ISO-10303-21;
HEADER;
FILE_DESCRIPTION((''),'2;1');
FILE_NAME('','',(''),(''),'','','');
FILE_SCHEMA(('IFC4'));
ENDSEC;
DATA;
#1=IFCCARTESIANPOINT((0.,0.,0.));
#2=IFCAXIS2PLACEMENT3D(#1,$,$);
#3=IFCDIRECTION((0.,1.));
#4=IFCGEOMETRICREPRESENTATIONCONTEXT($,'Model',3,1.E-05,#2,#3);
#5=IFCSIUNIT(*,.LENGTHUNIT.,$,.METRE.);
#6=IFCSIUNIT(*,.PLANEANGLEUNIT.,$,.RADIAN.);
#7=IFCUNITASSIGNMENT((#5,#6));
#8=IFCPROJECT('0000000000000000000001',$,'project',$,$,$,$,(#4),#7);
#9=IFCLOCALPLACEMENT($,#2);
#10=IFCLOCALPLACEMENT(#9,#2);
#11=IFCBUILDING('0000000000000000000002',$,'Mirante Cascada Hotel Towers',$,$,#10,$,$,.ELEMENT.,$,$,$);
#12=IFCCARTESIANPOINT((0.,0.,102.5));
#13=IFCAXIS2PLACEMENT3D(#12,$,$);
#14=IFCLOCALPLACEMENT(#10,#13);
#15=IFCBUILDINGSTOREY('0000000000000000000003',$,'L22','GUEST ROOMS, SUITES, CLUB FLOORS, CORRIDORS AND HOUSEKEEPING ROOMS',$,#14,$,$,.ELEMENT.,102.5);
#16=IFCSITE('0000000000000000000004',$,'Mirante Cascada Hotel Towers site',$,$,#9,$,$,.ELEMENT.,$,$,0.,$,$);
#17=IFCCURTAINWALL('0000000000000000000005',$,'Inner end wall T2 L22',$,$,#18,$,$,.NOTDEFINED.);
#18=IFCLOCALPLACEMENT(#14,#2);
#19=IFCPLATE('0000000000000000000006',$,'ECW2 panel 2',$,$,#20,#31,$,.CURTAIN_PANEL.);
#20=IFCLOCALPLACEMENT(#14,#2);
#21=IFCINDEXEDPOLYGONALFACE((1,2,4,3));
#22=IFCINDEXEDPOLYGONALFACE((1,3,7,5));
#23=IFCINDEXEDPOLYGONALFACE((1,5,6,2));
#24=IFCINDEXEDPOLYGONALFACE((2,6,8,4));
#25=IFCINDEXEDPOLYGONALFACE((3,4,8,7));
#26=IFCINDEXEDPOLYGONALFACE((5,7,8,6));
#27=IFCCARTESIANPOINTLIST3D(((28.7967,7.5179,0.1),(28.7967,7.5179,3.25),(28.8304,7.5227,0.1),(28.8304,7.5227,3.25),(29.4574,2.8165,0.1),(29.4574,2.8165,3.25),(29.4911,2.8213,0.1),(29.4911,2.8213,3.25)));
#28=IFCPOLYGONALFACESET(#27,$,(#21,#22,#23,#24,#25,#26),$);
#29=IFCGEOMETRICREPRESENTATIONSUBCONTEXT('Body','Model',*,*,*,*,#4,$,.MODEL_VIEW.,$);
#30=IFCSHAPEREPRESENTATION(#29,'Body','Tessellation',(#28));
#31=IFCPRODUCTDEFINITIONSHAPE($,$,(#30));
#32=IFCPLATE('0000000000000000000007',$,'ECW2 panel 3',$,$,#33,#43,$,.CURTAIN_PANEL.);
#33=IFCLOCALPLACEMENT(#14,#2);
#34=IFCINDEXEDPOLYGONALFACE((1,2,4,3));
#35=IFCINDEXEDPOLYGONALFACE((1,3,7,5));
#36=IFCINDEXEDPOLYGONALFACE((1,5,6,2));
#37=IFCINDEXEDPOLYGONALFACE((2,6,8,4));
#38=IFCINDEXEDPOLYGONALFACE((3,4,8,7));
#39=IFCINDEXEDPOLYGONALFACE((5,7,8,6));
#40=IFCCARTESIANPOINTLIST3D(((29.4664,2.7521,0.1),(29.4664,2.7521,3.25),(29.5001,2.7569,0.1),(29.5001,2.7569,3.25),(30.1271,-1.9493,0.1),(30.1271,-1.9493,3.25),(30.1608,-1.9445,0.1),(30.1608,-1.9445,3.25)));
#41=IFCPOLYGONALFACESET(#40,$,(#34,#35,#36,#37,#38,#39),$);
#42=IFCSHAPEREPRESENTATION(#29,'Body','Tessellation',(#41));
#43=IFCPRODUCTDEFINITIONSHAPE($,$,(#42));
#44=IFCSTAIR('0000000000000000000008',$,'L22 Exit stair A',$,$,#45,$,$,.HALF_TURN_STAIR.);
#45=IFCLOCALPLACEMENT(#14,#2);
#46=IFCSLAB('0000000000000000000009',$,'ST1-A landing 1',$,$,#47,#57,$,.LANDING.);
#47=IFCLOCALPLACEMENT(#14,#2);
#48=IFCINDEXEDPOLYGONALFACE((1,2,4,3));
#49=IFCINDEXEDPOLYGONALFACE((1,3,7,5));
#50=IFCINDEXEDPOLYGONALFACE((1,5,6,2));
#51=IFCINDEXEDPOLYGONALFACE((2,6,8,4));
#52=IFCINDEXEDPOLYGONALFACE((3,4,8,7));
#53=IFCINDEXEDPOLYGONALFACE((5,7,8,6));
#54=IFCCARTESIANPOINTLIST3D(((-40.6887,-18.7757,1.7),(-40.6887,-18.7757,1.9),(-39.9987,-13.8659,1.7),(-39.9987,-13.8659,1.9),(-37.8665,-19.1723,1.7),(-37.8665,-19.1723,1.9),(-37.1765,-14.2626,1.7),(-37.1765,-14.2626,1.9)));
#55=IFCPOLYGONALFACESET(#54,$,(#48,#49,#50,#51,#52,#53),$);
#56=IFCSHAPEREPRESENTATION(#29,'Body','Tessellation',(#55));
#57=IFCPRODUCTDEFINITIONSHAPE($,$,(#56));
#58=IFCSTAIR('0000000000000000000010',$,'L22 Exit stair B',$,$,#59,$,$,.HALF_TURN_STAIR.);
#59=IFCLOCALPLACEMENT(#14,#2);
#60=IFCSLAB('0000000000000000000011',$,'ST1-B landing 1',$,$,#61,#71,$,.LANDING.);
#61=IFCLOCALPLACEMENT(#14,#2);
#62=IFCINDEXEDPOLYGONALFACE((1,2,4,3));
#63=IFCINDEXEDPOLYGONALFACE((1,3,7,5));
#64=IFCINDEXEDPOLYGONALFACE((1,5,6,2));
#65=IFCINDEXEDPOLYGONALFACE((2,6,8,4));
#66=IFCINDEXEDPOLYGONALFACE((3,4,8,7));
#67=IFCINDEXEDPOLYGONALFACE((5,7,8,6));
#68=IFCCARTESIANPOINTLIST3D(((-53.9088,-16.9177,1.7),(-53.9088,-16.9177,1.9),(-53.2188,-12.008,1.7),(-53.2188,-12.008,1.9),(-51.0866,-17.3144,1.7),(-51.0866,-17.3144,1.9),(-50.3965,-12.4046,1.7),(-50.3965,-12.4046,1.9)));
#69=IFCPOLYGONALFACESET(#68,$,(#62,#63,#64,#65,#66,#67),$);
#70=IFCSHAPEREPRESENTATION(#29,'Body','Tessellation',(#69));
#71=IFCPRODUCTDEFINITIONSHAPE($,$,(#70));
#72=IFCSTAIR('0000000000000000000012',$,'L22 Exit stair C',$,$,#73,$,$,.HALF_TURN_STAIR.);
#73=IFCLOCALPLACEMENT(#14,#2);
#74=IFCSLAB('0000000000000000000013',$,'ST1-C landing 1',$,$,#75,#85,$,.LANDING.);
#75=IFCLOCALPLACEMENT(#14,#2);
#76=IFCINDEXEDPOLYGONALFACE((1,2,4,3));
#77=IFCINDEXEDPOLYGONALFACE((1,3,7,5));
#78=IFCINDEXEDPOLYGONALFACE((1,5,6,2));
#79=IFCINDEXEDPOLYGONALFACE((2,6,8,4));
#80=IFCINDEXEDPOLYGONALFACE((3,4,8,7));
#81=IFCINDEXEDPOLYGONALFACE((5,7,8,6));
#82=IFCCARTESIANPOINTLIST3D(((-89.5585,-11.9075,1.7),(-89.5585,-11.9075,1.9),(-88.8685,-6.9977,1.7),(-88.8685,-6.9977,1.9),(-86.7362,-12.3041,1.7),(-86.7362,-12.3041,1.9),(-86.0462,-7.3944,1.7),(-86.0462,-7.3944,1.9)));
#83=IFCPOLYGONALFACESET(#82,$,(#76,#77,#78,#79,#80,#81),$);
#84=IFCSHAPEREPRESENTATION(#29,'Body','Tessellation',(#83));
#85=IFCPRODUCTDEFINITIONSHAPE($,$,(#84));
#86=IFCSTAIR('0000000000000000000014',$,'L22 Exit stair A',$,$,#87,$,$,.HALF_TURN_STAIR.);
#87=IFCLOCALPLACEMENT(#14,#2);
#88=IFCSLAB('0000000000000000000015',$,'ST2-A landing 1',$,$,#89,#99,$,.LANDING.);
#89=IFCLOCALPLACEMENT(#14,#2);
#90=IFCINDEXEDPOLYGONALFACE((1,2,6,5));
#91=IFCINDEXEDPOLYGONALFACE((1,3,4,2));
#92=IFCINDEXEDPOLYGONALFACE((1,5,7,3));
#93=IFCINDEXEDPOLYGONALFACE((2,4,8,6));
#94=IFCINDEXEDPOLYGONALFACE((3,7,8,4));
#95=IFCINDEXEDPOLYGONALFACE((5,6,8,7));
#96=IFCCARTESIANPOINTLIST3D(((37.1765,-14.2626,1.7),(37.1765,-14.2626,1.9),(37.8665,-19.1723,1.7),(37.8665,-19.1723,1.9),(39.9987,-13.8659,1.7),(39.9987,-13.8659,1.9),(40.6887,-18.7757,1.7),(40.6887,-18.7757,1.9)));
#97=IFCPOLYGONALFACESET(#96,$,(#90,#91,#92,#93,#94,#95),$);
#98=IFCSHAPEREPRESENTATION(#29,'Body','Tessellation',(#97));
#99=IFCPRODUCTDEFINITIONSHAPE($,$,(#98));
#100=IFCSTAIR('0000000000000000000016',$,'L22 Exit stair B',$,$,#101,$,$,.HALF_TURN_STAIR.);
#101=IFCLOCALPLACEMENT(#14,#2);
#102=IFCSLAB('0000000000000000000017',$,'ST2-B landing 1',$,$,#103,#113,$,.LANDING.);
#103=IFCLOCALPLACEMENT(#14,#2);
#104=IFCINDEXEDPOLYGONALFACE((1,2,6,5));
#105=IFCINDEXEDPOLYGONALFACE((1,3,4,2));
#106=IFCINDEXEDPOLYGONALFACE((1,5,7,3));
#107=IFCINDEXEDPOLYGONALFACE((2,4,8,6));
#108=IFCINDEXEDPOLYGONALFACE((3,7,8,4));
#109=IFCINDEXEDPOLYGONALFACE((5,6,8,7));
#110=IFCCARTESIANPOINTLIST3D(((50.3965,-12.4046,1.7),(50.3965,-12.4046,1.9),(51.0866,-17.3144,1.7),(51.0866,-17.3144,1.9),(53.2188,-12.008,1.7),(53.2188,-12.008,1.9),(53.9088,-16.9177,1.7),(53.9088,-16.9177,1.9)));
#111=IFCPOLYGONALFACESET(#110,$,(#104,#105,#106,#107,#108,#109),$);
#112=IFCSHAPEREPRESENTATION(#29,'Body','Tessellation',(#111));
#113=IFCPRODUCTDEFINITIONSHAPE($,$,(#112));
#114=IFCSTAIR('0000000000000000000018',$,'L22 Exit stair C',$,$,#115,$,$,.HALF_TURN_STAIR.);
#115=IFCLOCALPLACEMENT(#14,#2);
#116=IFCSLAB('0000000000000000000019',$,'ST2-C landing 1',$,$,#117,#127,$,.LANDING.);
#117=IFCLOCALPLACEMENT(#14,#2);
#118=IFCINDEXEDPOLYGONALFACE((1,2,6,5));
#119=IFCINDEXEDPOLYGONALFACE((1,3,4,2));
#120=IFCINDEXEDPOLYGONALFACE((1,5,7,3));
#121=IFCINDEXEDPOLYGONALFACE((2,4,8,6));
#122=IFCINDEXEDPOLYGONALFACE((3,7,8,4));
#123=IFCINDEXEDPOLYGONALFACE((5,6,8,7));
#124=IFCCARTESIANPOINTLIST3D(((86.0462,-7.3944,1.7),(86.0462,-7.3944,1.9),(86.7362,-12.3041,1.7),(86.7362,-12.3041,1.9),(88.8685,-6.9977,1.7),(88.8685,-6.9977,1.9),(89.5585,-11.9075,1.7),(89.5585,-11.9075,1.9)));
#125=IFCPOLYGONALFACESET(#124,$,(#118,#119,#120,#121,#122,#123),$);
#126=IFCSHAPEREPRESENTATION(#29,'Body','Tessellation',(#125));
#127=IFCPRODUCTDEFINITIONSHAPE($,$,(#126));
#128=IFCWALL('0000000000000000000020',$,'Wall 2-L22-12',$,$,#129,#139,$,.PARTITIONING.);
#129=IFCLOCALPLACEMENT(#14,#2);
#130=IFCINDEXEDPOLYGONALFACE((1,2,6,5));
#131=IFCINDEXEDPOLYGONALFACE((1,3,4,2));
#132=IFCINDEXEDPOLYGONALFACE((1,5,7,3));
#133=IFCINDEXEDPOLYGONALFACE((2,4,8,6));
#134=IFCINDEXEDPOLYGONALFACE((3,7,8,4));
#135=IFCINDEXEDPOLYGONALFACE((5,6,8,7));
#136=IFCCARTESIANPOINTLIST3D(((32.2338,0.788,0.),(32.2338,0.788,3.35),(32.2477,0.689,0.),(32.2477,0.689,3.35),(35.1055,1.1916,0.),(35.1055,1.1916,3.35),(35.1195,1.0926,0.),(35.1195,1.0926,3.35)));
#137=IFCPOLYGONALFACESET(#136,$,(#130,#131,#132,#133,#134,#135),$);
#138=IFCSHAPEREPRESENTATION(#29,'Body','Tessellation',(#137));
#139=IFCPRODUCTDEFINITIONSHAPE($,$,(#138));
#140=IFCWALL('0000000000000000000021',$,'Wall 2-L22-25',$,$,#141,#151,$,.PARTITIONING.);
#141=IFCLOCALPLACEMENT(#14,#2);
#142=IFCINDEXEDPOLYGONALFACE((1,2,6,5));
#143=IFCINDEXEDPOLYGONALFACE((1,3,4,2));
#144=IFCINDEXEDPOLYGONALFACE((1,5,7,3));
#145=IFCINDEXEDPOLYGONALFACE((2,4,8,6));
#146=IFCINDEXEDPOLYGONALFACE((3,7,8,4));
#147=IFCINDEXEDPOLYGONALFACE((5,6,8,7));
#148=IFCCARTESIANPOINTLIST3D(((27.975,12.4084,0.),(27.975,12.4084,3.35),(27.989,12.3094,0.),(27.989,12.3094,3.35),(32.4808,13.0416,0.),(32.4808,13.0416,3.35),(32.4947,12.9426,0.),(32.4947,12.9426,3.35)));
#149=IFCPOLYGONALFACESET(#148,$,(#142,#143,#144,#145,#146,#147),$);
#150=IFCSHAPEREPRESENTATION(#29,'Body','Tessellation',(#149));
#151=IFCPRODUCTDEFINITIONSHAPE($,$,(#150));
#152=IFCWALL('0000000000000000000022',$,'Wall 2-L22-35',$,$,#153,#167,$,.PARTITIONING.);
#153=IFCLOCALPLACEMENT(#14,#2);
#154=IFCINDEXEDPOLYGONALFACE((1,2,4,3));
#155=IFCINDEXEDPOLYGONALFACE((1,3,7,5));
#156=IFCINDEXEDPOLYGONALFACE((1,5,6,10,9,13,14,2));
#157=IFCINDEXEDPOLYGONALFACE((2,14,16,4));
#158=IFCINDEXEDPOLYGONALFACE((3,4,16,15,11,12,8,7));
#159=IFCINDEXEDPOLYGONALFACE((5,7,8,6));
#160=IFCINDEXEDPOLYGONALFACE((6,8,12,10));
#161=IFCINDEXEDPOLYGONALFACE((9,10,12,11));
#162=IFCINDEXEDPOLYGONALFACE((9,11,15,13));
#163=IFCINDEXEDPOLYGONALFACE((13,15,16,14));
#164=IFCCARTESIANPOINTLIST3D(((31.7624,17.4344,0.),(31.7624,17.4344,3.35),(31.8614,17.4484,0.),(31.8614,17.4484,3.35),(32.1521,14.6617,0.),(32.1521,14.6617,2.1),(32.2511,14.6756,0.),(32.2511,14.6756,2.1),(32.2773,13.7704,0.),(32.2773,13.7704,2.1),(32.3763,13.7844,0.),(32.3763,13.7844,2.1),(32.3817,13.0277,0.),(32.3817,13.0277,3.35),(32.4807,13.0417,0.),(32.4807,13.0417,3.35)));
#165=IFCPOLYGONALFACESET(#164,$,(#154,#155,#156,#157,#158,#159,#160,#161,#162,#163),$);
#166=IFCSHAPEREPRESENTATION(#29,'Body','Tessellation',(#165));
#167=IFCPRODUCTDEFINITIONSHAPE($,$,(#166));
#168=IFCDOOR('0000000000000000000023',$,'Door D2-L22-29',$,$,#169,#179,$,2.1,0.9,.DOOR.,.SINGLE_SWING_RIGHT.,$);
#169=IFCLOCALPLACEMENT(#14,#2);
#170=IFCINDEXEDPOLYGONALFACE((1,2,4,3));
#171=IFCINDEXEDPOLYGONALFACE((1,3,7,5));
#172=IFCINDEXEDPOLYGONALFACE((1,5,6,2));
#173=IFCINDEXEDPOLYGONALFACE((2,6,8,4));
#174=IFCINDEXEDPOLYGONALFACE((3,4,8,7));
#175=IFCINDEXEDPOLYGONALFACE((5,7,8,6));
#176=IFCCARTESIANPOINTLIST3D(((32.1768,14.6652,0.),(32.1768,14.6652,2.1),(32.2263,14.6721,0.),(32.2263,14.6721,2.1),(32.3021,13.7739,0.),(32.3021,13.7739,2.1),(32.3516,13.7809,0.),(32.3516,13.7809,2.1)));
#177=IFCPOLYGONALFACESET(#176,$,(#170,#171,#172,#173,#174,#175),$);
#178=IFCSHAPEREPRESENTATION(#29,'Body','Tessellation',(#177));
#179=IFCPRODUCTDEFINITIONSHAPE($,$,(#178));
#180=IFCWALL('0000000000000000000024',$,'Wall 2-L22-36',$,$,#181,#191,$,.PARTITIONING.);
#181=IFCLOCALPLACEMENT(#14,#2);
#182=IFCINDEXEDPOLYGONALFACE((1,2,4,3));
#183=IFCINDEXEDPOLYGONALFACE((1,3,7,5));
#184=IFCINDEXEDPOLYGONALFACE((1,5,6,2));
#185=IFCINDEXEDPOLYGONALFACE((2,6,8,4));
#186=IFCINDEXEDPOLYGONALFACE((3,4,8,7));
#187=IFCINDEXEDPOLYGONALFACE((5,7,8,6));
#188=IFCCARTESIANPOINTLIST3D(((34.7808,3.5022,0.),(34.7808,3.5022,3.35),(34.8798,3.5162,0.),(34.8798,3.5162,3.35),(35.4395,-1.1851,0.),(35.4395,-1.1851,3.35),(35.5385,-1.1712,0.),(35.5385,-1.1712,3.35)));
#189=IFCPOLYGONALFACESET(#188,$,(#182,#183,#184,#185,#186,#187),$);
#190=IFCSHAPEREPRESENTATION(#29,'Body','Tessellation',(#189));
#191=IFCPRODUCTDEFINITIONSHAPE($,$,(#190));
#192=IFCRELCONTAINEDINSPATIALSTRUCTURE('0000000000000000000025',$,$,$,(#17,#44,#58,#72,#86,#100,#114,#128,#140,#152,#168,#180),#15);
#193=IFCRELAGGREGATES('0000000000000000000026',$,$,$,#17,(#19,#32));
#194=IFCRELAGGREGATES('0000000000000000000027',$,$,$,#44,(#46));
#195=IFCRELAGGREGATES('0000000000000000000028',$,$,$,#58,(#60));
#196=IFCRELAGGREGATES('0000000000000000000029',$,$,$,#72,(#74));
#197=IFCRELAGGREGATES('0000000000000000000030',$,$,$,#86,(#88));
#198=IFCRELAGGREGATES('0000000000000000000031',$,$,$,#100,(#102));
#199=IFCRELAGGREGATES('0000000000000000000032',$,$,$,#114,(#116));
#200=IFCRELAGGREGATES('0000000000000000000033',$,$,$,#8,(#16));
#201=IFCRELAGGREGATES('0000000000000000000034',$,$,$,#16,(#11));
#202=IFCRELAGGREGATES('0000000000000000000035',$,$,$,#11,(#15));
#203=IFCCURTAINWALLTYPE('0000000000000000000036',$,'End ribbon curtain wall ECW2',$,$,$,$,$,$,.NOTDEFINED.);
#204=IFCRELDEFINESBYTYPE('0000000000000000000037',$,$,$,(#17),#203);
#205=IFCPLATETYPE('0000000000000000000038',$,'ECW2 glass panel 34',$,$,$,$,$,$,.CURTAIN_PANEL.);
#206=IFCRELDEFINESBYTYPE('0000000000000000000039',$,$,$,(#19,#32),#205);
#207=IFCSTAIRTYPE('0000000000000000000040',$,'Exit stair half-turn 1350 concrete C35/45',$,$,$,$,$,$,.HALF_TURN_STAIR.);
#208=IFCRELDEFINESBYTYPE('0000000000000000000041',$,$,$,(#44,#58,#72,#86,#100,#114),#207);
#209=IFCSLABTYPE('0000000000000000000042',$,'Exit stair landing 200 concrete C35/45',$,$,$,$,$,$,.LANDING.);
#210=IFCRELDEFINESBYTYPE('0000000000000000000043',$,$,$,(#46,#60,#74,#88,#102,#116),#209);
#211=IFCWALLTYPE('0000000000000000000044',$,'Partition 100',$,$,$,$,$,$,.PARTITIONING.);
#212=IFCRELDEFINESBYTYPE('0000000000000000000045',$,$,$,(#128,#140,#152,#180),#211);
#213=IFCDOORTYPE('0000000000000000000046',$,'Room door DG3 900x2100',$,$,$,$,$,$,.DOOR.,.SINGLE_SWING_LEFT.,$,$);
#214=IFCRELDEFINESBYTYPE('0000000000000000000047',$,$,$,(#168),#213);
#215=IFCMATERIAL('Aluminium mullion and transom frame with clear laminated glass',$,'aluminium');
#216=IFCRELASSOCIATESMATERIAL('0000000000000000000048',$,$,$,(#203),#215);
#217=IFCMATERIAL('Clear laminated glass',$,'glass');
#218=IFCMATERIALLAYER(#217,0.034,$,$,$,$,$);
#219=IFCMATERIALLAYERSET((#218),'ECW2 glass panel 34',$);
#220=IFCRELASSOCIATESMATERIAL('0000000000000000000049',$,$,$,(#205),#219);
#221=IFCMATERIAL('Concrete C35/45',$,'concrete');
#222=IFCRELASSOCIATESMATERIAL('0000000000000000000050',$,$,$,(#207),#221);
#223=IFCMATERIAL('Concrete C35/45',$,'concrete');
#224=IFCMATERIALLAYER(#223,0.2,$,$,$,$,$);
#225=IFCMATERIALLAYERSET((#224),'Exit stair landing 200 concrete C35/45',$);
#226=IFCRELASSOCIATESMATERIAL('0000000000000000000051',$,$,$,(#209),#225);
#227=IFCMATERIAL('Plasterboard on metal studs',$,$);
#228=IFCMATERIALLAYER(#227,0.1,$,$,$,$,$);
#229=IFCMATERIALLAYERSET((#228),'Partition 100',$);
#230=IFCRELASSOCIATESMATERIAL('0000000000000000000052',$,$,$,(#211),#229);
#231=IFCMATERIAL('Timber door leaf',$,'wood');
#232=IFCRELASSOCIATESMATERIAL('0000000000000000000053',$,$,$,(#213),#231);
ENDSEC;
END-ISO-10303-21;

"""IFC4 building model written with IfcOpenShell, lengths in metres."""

from ifc_helpers import new_model, si_unit, direction, frame, frame_2d, origin, origin_2d, place, context, subcontext, project, spatial, polyline, rectangle, outline, extrude, material, layer, layer_set, type_object, element, fill, aggregate, save


model = new_model("IFC4")

# Units and contexts
model_context = context("Model", 3, precision=1e-05, world=origin(), true_north=direction((0.0, 1.0)))
body_context = subcontext(model_context, "Body", "Model", "MODEL_VIEW")
ifc_project = project(units=[si_unit("LENGTHUNIT", "METRE"), si_unit("PLANEANGLEUNIT", "RADIAN")], contexts=[model_context])

# Site, building, storey
site_placement = place(None, origin())
site = spatial("IfcSite", under=ifc_project, at=site_placement, Name="Mirante Cascada Hotel Towers site", CompositionType="ELEMENT", RefElevation=0.0)
building_placement = place(site_placement, origin())
building = spatial("IfcBuilding", under=site, at=building_placement, Name="Mirante Cascada Hotel Towers", CompositionType="ELEMENT")
storey_placement = place(building_placement, frame((0.0, 0.0, 102.5)))
storey = spatial("IfcBuildingStorey", under=building, at=storey_placement, Name="L22", Description="GUEST ROOMS, SUITES, CLUB FLOORS, CORRIDORS AND HOUSEKEEPING ROOMS", CompositionType="ELEMENT", Elevation=102.5)

# Curtain wall
ifc_material_1 = material(Name="Aluminium mullion and transom frame with clear laminated glass", Category="aluminium")
curtain_wall_type_1 = type_object("IfcCurtainWallType", Name="End ribbon curtain wall ECW2", PredefinedType="NOTDEFINED", material=ifc_material_1)
curtain_wall_1_placement = place(storey_placement, origin())
curtain_wall_1 = element("IfcCurtainWall", 1, at=curtain_wall_1_placement, inside=storey, type_object=curtain_wall_type_1, Name="Inner end wall T2 L22", PredefinedType="NOTDEFINED")

# Plates
ifc_material_2 = material(Name="Clear laminated glass", Category="glass")
ifc_layer_1 = layer(ifc_material_2, 0.034)
ifc_layer_set_1 = layer_set([ifc_layer_1], Name="ECW2 glass panel 34")
plate_type_1 = type_object("IfcPlateType", Name="ECW2 glass panel 34", PredefinedType="CURTAIN_PANEL", material=ifc_layer_set_1)
plate_1_placement = place(storey_placement, frame((29.1439, 5.1696, 0.1), z_axis=(0.0, 0.0, 1.0), x_axis=(0.139173, -0.990268, 0.0)))
plate_1 = element("IfcPlate", 2, at=plate_1_placement, type_object=plate_type_1, Name="ECW2 panel 2", PredefinedType="CURTAIN_PANEL", context=body_context, shape_type="SweptSolid", body=[
    extrude(rectangle(XDim=4.7476, YDim=0.034, at=origin_2d()), origin(), (0.0, 0.0, 1.0), 3.15),
])
plate_2_placement = place(storey_placement, frame((29.8136, 0.4038, 0.1), z_axis=(0.0, 0.0, 1.0), x_axis=(0.139173, -0.990268, 0.0)))
plate_2 = element("IfcPlate", 3, at=plate_2_placement, type_object=plate_type_1, Name="ECW2 panel 3", PredefinedType="CURTAIN_PANEL", context=body_context, shape_type="SweptSolid", body=[
    extrude(rectangle(XDim=4.7476, YDim=0.034, at=origin_2d()), origin(), (0.0, 0.0, 1.0), 3.15),
])
aggregate(curtain_wall_1, [plate_1, plate_2])

# Stairs, slabs
ifc_material_3 = material(Name="Concrete C35/45", Category="concrete")
stair_type = type_object("IfcStairType", Name="Exit stair half-turn 1350 concrete C35/45", PredefinedType="HALF_TURN_STAIR", material=ifc_material_3)
stair_1_placement = place(storey_placement, origin())
stair_1 = element("IfcStair", 4, at=stair_1_placement, inside=storey, type_object=stair_type, Name="L22 Exit stair A", PredefinedType="HALF_TURN_STAIR")
ifc_material_4 = material(Name="Concrete C35/45", Category="concrete")
ifc_layer_2 = layer(ifc_material_4, 0.2)
ifc_layer_set_2 = layer_set([ifc_layer_2], Name="Exit stair landing 200 concrete C35/45")
slab_type = type_object("IfcSlabType", Name="Exit stair landing 200 concrete C35/45", PredefinedType="LANDING", material=ifc_layer_set_2)
slab_1_placement = place(storey_placement, frame((0.0, 0.0, 1.7)))
slab_1 = element("IfcSlab", 5, at=slab_1_placement, type_object=slab_type, Name="ST1-A landing 1", PredefinedType="LANDING", context=body_context, shape_type="SweptSolid", body=[
    extrude(outline(polyline([(-39.9987, -13.8659), (-40.6887, -18.7757), (-37.8665, -19.1723), (-37.1765, -14.2626), (-39.9987, -13.8659)])), origin(), (0.0, 0.0, 1.0), 0.2),
])
aggregate(stair_1, [slab_1])
stair_2_placement = place(storey_placement, origin())
stair_2 = element("IfcStair", 6, at=stair_2_placement, inside=storey, type_object=stair_type, Name="L22 Exit stair B", PredefinedType="HALF_TURN_STAIR")
slab_2_placement = place(storey_placement, frame((0.0, 0.0, 1.7)))
slab_2 = element("IfcSlab", 7, at=slab_2_placement, type_object=slab_type, Name="ST1-B landing 1", PredefinedType="LANDING", context=body_context, shape_type="SweptSolid", body=[
    extrude(outline(polyline([(-53.2188, -12.008), (-53.9088, -16.9177), (-51.0866, -17.3144), (-50.3965, -12.4046), (-53.2188, -12.008)])), origin(), (0.0, 0.0, 1.0), 0.2),
])
aggregate(stair_2, [slab_2])
stair_3_placement = place(storey_placement, origin())
stair_3 = element("IfcStair", 8, at=stair_3_placement, inside=storey, type_object=stair_type, Name="L22 Exit stair C", PredefinedType="HALF_TURN_STAIR")
slab_3_placement = place(storey_placement, frame((0.0, 0.0, 1.7)))
slab_3 = element("IfcSlab", 9, at=slab_3_placement, type_object=slab_type, Name="ST1-C landing 1", PredefinedType="LANDING", context=body_context, shape_type="SweptSolid", body=[
    extrude(outline(polyline([(-88.8685, -6.9977), (-89.5585, -11.9075), (-86.7362, -12.3041), (-86.0462, -7.3944), (-88.8685, -6.9977)])), origin(), (0.0, 0.0, 1.0), 0.2),
])
aggregate(stair_3, [slab_3])
stair_4_placement = place(storey_placement, origin())
stair_4 = element("IfcStair", 10, at=stair_4_placement, inside=storey, type_object=stair_type, Name="L22 Exit stair A", PredefinedType="HALF_TURN_STAIR")
slab_4_placement = place(storey_placement, frame((0.0, 0.0, 1.7)))
slab_4 = element("IfcSlab", 11, at=slab_4_placement, type_object=slab_type, Name="ST2-A landing 1", PredefinedType="LANDING", context=body_context, shape_type="SweptSolid", body=[
    extrude(outline(polyline([(37.1765, -14.2626), (37.8665, -19.1723), (40.6887, -18.7757), (39.9987, -13.8659), (37.1765, -14.2626)])), origin(), (0.0, 0.0, 1.0), 0.2),
])
aggregate(stair_4, [slab_4])
stair_5_placement = place(storey_placement, origin())
stair_5 = element("IfcStair", 12, at=stair_5_placement, inside=storey, type_object=stair_type, Name="L22 Exit stair B", PredefinedType="HALF_TURN_STAIR")
slab_5_placement = place(storey_placement, frame((0.0, 0.0, 1.7)))
slab_5 = element("IfcSlab", 13, at=slab_5_placement, type_object=slab_type, Name="ST2-B landing 1", PredefinedType="LANDING", context=body_context, shape_type="SweptSolid", body=[
    extrude(outline(polyline([(50.3965, -12.4046), (51.0866, -17.3144), (53.9088, -16.9177), (53.2188, -12.008), (50.3965, -12.4046)])), origin(), (0.0, 0.0, 1.0), 0.2),
])
aggregate(stair_5, [slab_5])
stair_6_placement = place(storey_placement, origin())
stair_6 = element("IfcStair", 14, at=stair_6_placement, inside=storey, type_object=stair_type, Name="L22 Exit stair C", PredefinedType="HALF_TURN_STAIR")
slab_6_placement = place(storey_placement, frame((0.0, 0.0, 1.7)))
slab_6 = element("IfcSlab", 15, at=slab_6_placement, type_object=slab_type, Name="ST2-C landing 1", PredefinedType="LANDING", context=body_context, shape_type="SweptSolid", body=[
    extrude(outline(polyline([(86.0462, -7.3944), (86.7362, -12.3041), (89.5585, -11.9075), (88.8685, -6.9977), (86.0462, -7.3944)])), origin(), (0.0, 0.0, 1.0), 0.2),
])
aggregate(stair_6, [slab_6])

# Walls
ifc_material_5 = material(Name="Plasterboard on metal studs")
ifc_layer_3 = layer(ifc_material_5, 0.1)
ifc_layer_set_3 = layer_set([ifc_layer_3], Name="Partition 100")
wall_type_1 = type_object("IfcWallType", Name="Partition 100", PredefinedType="PARTITIONING", material=ifc_layer_set_3)
wall_1_placement = place(storey_placement, frame((35.1125, 1.1421, 0.0), z_axis=(0.0, 0.0, 1.0), x_axis=(-0.990268, -0.139171, 0.0)))
element("IfcWall", 16, at=wall_1_placement, inside=storey, type_object=wall_type_1, Name="Wall 2-L22-12", PredefinedType="PARTITIONING", context=body_context, shape_type="SweptSolid", body=[
    extrude(rectangle(XDim=2.9, YDim=0.1, at=frame_2d((1.45, 0.0))), origin(), (0.0, 0.0, 1.0), 3.35),
])
wall_2_placement = place(storey_placement, frame((27.982, 12.3589, 0.0), z_axis=(0.0, 0.0, 1.0), x_axis=(0.990269, 0.139166, 0.0)))
element("IfcWall", 17, at=wall_2_placement, inside=storey, type_object=wall_type_1, Name="Wall 2-L22-25", PredefinedType="PARTITIONING", context=body_context, shape_type="SweptSolid", body=[
    extrude(rectangle(XDim=4.55, YDim=0.1, at=frame_2d((2.275, 0.0))), origin(), (0.0, 0.0, 1.0), 3.35),
])

# Wall, opening, door
wall_3_placement = place(storey_placement, frame((32.4312, 13.0347, 0.0), z_axis=(0.0, 0.0, 1.0), x_axis=(-0.139168, 0.990269, 0.0)))
wall_3 = element("IfcWall", 18, at=wall_3_placement, inside=storey, type_object=wall_type_1, Name="Wall 2-L22-35", PredefinedType="PARTITIONING", context=body_context, shape_type="SweptSolid", body=[
    extrude(rectangle(XDim=4.45, YDim=0.1, at=frame_2d((2.225, 0.0))), origin(), (0.0, 0.0, 1.0), 3.35),
])
opening_1_placement = place(wall_3_placement, frame((0.75, 0.0, 0.0)))
opening_1 = element("IfcOpeningElement", 19, at=opening_1_placement, cuts=wall_3, PredefinedType="OPENING", context=body_context, shape_type="SweptSolid", body=[
    extrude(rectangle(XDim=0.9, YDim=2.1, at=frame_2d((0.45, 1.05))), frame((0.0, 0.05, 0.0), z_axis=(0.0, -1.0, 0.0), x_axis=(1.0, 0.0, 0.0)), (0.0, 0.0, 1.0), 0.1),
])
ifc_material_6 = material(Name="Timber door leaf", Category="wood")
door_type = type_object("IfcDoorType", Name="Room door DG3 900x2100", OperationType="SINGLE_SWING_LEFT", PredefinedType="DOOR", material=ifc_material_6)
door_placement = place(opening_1_placement, frame((0.9, 0.0, 0.0), z_axis=(0.0, 0.0, 1.0), x_axis=(-1.0, 0.0, 0.0)))
door = element("IfcDoor", 20, at=door_placement, inside=storey, type_object=door_type, Name="Door D2-L22-29", OperationType="SINGLE_SWING_RIGHT", OverallHeight=2.1, OverallWidth=0.9, PredefinedType="DOOR", context=body_context, shape_type="SweptSolid", body=[
    extrude(rectangle(XDim=0.9, YDim=2.1, at=frame_2d((0.45, 1.05))), frame((0.0, 0.025, 0.0), z_axis=(0.0, -1.0, 0.0), x_axis=(1.0, 0.0, 0.0)), (0.0, 0.0, 1.0), 0.05),
])
fill(opening_1, door)

# Wall
wall_4_placement = place(storey_placement, frame((34.8303, 3.5092, 0.0), z_axis=(0.0, 0.0, 1.0), x_axis=(0.139161, -0.99027, 0.0)))
element("IfcWall", 21, at=wall_4_placement, inside=storey, type_object=wall_type_1, Name="Wall 2-L22-36", PredefinedType="PARTITIONING", context=body_context, shape_type="SweptSolid", body=[
    extrude(rectangle(XDim=4.7334, YDim=0.1, at=frame_2d((2.3667, 0.0))), origin(), (0.0, 0.0, 1.0), 3.35),
])

save(model, "model.ifc")
